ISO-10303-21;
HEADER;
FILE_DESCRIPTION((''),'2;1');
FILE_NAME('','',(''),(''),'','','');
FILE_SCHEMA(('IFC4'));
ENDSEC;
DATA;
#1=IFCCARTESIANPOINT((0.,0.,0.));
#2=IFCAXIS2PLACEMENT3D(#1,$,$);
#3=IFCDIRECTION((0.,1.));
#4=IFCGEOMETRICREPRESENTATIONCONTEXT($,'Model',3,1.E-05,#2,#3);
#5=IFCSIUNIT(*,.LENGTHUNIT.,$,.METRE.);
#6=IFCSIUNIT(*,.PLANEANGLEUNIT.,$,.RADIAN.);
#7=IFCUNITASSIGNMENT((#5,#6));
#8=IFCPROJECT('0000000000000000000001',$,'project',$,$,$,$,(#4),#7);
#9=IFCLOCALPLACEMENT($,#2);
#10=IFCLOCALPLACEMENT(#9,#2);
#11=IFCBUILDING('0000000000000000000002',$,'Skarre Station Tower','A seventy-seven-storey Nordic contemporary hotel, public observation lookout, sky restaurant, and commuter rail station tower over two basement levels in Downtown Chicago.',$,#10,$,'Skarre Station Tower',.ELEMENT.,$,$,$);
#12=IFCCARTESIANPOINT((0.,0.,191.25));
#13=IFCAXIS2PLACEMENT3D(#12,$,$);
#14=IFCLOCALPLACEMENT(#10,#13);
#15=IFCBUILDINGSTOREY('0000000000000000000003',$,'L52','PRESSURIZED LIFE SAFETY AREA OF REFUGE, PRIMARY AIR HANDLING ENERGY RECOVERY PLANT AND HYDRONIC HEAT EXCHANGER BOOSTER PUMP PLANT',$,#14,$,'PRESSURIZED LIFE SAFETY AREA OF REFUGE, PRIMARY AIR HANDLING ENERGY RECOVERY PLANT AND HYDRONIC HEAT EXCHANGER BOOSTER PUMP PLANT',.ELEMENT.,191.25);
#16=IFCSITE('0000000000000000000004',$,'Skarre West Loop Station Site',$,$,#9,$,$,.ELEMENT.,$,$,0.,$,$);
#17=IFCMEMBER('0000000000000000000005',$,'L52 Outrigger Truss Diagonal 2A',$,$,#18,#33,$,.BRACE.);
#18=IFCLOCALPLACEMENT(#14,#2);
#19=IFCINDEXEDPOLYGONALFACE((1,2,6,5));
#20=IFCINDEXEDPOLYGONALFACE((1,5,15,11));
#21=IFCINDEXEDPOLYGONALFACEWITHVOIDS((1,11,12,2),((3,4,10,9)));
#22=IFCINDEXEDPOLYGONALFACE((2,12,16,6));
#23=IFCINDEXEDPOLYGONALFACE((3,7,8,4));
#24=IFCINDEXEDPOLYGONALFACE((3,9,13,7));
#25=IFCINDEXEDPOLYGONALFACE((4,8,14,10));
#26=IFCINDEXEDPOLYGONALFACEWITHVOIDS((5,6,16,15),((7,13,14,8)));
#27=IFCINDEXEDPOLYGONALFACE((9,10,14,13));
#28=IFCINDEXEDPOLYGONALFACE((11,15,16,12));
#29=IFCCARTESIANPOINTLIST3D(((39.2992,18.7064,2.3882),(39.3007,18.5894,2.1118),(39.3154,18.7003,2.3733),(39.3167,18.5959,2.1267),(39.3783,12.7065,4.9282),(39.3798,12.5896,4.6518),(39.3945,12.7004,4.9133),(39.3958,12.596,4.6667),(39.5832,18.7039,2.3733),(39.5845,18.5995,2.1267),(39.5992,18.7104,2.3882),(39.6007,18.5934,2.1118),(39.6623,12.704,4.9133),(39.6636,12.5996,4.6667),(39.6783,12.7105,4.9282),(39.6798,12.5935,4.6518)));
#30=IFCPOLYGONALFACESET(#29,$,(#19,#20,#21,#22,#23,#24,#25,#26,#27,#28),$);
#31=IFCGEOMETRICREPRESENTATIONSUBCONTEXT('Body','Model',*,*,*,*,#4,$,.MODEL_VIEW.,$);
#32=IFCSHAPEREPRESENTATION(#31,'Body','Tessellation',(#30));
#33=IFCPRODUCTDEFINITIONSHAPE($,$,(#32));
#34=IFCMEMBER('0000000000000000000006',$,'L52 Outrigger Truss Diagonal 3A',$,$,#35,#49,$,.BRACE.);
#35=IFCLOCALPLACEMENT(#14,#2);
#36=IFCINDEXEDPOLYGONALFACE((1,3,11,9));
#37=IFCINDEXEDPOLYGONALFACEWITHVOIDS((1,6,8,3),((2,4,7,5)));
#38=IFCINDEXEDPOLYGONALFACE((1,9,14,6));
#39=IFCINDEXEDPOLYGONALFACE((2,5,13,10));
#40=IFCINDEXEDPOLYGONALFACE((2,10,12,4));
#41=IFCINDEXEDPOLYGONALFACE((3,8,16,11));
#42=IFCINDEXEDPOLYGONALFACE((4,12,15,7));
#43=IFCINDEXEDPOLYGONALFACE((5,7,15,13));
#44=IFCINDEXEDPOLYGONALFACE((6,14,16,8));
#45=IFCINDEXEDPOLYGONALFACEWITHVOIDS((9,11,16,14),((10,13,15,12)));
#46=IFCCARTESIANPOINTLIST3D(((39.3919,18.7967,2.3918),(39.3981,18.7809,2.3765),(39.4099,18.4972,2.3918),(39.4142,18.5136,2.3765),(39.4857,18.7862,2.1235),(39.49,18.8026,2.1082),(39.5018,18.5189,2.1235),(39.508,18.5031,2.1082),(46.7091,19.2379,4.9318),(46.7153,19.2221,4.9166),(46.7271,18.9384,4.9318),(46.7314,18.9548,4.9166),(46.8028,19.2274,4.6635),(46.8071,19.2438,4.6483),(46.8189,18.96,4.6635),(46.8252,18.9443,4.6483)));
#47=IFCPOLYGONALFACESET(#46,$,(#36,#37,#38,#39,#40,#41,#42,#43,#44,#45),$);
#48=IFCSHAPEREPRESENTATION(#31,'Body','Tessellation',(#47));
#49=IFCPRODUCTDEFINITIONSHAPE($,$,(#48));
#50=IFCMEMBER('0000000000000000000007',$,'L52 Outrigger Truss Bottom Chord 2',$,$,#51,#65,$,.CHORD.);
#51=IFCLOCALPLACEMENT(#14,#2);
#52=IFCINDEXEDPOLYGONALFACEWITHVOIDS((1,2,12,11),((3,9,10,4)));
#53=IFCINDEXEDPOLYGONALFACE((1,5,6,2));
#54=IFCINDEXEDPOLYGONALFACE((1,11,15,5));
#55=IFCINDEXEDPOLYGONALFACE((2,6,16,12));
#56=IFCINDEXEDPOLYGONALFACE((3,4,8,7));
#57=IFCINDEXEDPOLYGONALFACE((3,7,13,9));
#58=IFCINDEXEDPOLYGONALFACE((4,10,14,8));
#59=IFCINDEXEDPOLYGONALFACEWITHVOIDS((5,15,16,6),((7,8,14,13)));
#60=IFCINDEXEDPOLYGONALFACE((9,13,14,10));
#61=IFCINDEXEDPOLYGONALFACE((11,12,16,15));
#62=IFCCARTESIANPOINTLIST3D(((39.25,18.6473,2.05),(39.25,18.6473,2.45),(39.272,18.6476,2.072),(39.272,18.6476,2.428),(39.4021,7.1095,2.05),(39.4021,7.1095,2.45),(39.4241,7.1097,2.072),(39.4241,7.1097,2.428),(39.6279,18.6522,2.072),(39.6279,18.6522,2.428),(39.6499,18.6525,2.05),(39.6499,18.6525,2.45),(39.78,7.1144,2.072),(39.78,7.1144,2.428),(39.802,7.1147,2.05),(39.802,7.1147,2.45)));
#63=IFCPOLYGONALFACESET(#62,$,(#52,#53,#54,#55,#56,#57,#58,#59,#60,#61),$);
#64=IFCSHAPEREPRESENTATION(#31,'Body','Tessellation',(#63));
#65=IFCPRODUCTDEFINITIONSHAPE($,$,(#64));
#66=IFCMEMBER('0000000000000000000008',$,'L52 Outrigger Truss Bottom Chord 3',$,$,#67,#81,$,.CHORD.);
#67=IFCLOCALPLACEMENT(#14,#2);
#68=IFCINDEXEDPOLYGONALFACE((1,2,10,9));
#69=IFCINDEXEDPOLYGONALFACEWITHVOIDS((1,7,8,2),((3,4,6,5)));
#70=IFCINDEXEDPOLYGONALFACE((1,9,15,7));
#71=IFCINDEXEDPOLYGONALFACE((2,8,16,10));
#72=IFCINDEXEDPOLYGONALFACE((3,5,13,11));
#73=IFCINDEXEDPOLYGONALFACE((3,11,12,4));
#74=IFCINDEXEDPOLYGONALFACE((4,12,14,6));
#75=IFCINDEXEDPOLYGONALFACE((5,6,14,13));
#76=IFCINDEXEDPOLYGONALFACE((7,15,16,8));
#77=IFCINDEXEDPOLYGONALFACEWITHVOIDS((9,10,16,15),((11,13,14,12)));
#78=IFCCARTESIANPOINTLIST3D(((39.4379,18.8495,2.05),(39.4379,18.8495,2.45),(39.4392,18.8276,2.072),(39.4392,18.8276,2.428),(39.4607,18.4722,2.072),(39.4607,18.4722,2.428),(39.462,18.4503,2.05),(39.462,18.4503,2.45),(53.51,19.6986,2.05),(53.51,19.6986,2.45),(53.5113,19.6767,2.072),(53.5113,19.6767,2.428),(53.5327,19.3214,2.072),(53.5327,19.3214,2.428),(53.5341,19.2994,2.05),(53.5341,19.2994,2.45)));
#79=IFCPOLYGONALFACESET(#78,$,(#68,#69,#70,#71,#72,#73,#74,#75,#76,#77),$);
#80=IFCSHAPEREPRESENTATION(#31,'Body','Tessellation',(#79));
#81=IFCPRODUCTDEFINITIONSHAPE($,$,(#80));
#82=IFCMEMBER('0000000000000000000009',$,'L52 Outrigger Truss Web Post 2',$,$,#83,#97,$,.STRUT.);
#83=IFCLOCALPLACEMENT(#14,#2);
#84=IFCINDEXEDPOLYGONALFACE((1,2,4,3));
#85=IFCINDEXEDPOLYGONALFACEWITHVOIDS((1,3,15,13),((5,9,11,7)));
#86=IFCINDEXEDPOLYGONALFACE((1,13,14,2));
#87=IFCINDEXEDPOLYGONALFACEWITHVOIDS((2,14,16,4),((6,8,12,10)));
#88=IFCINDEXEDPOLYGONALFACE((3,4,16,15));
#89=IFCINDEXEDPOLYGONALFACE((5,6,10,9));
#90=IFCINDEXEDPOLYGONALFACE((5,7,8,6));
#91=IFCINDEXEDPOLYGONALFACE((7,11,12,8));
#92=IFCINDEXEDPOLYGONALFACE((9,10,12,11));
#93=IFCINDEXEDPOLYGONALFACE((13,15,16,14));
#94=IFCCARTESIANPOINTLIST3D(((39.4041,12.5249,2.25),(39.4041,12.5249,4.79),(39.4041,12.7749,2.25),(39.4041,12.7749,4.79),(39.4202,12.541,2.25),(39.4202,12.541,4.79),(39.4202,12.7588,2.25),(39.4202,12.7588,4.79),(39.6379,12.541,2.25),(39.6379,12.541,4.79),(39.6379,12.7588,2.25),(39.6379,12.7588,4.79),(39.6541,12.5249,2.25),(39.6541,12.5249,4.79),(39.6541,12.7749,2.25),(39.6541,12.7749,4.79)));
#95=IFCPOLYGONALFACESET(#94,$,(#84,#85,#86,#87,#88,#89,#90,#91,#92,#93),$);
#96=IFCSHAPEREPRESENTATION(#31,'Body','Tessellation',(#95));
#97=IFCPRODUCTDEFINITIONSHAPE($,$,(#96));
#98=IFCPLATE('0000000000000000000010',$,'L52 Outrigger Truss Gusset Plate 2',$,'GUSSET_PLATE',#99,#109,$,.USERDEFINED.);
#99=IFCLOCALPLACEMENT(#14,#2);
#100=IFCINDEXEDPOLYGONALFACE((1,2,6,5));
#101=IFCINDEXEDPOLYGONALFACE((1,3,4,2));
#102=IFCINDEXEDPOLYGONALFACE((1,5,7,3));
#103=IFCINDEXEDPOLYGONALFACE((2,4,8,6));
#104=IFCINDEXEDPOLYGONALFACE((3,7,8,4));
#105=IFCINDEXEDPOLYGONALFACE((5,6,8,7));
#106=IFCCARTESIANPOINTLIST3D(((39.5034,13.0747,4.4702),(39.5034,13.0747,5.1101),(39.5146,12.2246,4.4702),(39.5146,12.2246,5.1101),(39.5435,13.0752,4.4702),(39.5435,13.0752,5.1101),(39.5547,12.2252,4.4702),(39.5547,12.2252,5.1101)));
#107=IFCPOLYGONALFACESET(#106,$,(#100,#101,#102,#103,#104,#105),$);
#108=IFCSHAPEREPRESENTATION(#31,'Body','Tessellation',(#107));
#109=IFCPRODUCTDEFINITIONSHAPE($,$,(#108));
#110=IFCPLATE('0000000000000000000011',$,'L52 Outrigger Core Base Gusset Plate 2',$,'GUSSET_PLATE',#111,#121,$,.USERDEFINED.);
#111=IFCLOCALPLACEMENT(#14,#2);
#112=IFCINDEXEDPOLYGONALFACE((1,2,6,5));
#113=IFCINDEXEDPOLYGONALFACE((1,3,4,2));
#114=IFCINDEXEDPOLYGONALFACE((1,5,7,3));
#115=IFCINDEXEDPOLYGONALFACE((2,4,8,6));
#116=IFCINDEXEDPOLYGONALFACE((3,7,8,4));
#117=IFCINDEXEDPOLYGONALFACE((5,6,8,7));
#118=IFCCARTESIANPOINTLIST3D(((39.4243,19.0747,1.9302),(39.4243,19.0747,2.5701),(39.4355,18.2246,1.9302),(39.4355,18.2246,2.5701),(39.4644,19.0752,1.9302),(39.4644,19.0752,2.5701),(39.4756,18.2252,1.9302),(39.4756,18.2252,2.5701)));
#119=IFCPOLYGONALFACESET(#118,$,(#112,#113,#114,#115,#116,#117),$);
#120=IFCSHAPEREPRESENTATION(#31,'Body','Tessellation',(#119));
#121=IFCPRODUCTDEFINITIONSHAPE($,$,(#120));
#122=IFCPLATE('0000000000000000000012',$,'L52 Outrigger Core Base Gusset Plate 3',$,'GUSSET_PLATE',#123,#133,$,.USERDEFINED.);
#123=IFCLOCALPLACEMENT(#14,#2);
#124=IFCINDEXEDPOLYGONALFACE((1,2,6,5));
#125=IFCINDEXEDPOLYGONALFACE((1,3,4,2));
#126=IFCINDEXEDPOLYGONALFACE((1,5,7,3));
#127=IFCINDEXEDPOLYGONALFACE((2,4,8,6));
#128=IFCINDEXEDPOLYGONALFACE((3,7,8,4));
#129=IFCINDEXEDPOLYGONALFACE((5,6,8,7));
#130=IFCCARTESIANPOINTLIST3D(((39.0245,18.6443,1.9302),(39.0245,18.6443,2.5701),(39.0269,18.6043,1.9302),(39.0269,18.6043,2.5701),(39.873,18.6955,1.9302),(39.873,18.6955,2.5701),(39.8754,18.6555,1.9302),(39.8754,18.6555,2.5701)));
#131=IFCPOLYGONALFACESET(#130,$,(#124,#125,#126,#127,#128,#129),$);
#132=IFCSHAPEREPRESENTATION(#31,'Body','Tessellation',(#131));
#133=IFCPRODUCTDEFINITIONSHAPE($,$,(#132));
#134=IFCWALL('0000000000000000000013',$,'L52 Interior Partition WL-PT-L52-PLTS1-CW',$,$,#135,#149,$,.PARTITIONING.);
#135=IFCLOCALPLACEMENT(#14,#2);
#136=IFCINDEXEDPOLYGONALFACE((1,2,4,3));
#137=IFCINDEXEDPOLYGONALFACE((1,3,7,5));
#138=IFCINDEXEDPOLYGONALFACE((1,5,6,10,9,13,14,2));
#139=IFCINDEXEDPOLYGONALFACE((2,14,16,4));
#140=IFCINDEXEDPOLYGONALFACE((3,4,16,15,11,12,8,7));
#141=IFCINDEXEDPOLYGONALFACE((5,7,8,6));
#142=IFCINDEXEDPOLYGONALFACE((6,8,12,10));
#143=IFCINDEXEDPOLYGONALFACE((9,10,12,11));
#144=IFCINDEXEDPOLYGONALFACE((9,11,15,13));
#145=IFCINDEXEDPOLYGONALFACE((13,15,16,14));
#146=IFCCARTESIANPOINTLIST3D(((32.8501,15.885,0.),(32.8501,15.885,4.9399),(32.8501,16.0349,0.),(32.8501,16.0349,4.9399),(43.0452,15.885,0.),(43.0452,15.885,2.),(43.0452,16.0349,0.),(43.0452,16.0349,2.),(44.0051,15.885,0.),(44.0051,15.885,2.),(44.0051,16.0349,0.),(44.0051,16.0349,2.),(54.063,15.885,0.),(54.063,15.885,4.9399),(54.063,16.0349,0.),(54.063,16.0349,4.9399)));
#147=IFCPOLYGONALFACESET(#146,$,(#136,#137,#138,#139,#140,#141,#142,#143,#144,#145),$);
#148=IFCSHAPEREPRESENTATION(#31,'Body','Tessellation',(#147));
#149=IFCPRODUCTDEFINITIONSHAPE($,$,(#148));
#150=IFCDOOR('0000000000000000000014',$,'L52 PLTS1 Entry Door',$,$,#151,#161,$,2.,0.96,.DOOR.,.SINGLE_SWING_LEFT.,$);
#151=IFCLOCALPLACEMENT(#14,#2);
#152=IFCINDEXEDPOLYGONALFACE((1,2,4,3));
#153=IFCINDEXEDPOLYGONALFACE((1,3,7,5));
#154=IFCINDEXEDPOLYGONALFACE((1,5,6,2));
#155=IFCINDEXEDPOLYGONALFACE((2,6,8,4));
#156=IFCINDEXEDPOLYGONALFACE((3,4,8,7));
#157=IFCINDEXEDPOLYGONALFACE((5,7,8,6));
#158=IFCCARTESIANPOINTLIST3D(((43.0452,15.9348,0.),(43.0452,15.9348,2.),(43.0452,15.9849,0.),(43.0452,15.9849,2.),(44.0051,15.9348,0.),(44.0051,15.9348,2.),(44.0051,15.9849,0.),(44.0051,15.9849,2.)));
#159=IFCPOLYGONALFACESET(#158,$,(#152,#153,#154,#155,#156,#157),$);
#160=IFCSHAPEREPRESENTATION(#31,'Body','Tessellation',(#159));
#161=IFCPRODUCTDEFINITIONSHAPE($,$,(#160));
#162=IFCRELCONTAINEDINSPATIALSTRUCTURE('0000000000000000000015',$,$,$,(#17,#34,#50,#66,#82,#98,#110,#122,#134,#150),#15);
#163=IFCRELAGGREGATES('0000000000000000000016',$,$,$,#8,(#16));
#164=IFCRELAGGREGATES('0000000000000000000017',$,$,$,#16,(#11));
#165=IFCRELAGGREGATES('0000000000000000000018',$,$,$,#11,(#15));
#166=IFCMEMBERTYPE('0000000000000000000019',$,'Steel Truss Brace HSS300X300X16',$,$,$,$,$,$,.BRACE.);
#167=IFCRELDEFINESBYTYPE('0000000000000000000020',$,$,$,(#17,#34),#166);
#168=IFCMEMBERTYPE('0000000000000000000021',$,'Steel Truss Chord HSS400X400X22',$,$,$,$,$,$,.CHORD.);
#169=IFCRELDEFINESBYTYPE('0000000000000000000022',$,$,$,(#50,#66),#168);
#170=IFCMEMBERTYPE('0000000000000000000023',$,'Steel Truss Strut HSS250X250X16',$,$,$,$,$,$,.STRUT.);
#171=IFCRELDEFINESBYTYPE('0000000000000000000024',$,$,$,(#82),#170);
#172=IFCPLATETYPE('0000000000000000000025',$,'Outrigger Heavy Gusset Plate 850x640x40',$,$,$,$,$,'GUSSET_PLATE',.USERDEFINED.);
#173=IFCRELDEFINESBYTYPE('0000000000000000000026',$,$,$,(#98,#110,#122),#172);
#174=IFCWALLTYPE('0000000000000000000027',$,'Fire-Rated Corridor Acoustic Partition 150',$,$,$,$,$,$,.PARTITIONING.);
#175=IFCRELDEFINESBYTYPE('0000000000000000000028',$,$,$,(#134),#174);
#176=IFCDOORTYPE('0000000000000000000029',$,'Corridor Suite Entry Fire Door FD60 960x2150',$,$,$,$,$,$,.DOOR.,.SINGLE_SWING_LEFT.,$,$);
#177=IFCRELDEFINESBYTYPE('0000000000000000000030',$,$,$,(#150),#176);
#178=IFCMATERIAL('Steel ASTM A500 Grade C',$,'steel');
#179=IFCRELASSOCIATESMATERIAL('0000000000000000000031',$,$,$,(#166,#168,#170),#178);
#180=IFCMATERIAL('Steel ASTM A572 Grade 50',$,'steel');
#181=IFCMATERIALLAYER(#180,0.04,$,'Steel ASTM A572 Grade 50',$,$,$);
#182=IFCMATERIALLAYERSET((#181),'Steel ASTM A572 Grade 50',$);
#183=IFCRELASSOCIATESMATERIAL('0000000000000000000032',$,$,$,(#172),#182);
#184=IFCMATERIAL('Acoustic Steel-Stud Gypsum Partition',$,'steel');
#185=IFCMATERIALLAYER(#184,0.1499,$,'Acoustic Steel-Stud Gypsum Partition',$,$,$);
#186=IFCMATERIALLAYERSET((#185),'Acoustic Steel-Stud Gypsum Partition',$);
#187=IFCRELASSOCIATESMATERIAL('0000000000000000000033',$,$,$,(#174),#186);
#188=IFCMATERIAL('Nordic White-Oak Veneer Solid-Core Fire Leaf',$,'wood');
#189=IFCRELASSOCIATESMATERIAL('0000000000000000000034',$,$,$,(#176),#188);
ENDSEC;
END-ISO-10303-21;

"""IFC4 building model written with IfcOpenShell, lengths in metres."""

from ifc_helpers import new_model, si_unit, direction, frame, frame_2d, origin, origin_2d, place, context, subcontext, project, spatial, rectangle, hollow_rectangle, extrude, material, layer, layer_set, material_profile, profile_set, type_object, element, fill, save


model = new_model("IFC4")

# Units and contexts
model_context = context("Model", 3, precision=1e-05, world=origin(), true_north=direction((0.0, 1.0)))
body_context = subcontext(model_context, "Body", "Model", "MODEL_VIEW")
ifc_project = project(units=[si_unit("LENGTHUNIT", "METRE"), si_unit("PLANEANGLEUNIT", "RADIAN")], contexts=[model_context])

# Site, building, storey
site_placement = place(None, origin())
site = spatial("IfcSite", under=ifc_project, at=site_placement, Name="Skarre West Loop Station Site", CompositionType="ELEMENT", RefElevation=0.0)
building_placement = place(site_placement, origin())
building = spatial("IfcBuilding", under=site, at=building_placement, Name="Skarre Station Tower", Description="A seventy-seven-storey Nordic contemporary hotel, public observation lookout, sky restaurant, and commuter rail station tower over two basement levels in Downtown Chicago.", LongName="Skarre Station Tower", CompositionType="ELEMENT")
storey_placement = place(building_placement, frame((0.0, 0.0, 191.25)))
storey = spatial("IfcBuildingStorey", under=building, at=storey_placement, Name="L52", Description="PRESSURIZED LIFE SAFETY AREA OF REFUGE, PRIMARY AIR HANDLING ENERGY RECOVERY PLANT AND HYDRONIC HEAT EXCHANGER BOOSTER PUMP PLANT", LongName="PRESSURIZED LIFE SAFETY AREA OF REFUGE, PRIMARY AIR HANDLING ENERGY RECOVERY PLANT AND HYDRONIC HEAT EXCHANGER BOOSTER PUMP PLANT", CompositionType="ELEMENT", Elevation=191.25)

# Members
ifc_material_1 = material(Name="Steel ASTM A500 Grade C", Category="steel")
ifc_material_profile_1 = material_profile(ifc_material_1, hollow_rectangle(XDim=0.3, YDim=0.3, WallThickness=0.0161, at=origin_2d()), Name="Steel ASTM A500 Grade C")
ifc_profile_set_1 = profile_set([ifc_material_profile_1], Name="Steel ASTM A500 Grade C")
member_type_1 = type_object("IfcMemberType", Name="Steel Truss Brace HSS300X300X16", PredefinedType="BRACE", material=ifc_profile_set_1)
member_1_placement = place(storey_placement, frame((39.45, 18.6499, 2.25), z_axis=(0.01214, -0.920812, 0.389817), x_axis=(0.999913, 0.013182, 0.0)))
element("IfcMember", 1, at=member_1_placement, inside=storey, type_object=member_type_1, Name="L52 Outrigger Truss Diagonal 2A", PredefinedType="BRACE", context=body_context, shape_type="SweptSolid", body=[
    extrude(hollow_rectangle(XDim=0.3, YDim=0.3, WallThickness=0.0161, at=origin_2d()), origin(), (0.0, 0.0, 1.0), 6.5159),
])
member_2_placement = place(storey_placement, frame((39.45, 18.6499, 2.25), z_axis=(0.94317, 0.056865, 0.327408), x_axis=(-0.060182, 0.998187, 0.0)))
element("IfcMember", 2, at=member_2_placement, inside=storey, type_object=member_type_1, Name="L52 Outrigger Truss Diagonal 3A", PredefinedType="BRACE", context=body_context, shape_type="SweptSolid", body=[
    extrude(hollow_rectangle(XDim=0.3, YDim=0.3, WallThickness=0.0161, at=origin_2d()), origin(), (0.0, 0.0, 1.0), 7.7581),
])
ifc_material_profile_2 = material_profile(ifc_material_1, hollow_rectangle(XDim=0.3999, YDim=0.3999, WallThickness=0.022, at=origin_2d()), Name="Steel ASTM A500 Grade C")
ifc_profile_set_2 = profile_set([ifc_material_profile_2], Name="Steel ASTM A500 Grade C")
member_type_2 = type_object("IfcMemberType", Name="Steel Truss Chord HSS400X400X22", PredefinedType="CHORD", material=ifc_profile_set_2)
member_3_placement = place(storey_placement, frame((39.45, 18.6499, 2.25), z_axis=(0.013182, -0.999913, 0.0), x_axis=(0.999913, 0.013182, 0.0)))
element("IfcMember", 3, at=member_3_placement, inside=storey, type_object=member_type_2, Name="L52 Outrigger Truss Bottom Chord 2", PredefinedType="CHORD", context=body_context, shape_type="SweptSolid", body=[
    extrude(hollow_rectangle(XDim=0.3999, YDim=0.3999, WallThickness=0.022, at=origin_2d()), origin(), (0.0, 0.0, 1.0), 11.5388),
])
member_4_placement = place(storey_placement, frame((39.45, 18.6499, 2.25), z_axis=(0.998184, 0.060232, 0.0), x_axis=(-0.060232, 0.998184, 0.0)))
element("IfcMember", 4, at=member_4_placement, inside=storey, type_object=member_type_2, Name="L52 Outrigger Truss Bottom Chord 3", PredefinedType="CHORD", context=body_context, shape_type="SweptSolid", body=[
    extrude(hollow_rectangle(XDim=0.3999, YDim=0.3999, WallThickness=0.022, at=origin_2d()), origin(), (0.0, 0.0, 1.0), 14.0977),
])
ifc_material_profile_3 = material_profile(ifc_material_1, hollow_rectangle(XDim=0.25, YDim=0.25, WallThickness=0.0161, at=origin_2d()), Name="Steel ASTM A500 Grade C")
ifc_profile_set_3 = profile_set([ifc_material_profile_3], Name="Steel ASTM A500 Grade C")
member_type_3 = type_object("IfcMemberType", Name="Steel Truss Strut HSS250X250X16", PredefinedType="STRUT", material=ifc_profile_set_3)
member_5_placement = place(storey_placement, frame((39.5291, 12.6499, 2.25), z_axis=(0.0, 0.0, 1.0), x_axis=(1.0, 0.0, 0.0)))
element("IfcMember", 5, at=member_5_placement, inside=storey, type_object=member_type_3, Name="L52 Outrigger Truss Web Post 2", PredefinedType="STRUT", context=body_context, shape_type="SweptSolid", body=[
    extrude(hollow_rectangle(XDim=0.25, YDim=0.25, WallThickness=0.0161, at=origin_2d()), origin(), (0.0, 0.0, 1.0), 2.54),
])

# Plates
ifc_material_2 = material(Name="Steel ASTM A572 Grade 50", Category="steel")
ifc_layer_1 = layer(ifc_material_2, 0.04, Name="Steel ASTM A572 Grade 50")
ifc_layer_set_1 = layer_set([ifc_layer_1], Name="Steel ASTM A572 Grade 50")
plate_type = type_object("IfcPlateType", Name="Outrigger Heavy Gusset Plate 850x640x40", ElementType="GUSSET_PLATE", PredefinedType="USERDEFINED", material=ifc_layer_set_1)
for number, where, z_axis, x_axis, name in (
    (6, (39.5291, 12.6499, 4.4702), (0.0, 0.0, 1.0), (0.013177, -0.999913, 0.0), "L52 Outrigger Truss Gusset Plate 2"),
    (7, (39.45, 18.6499, 1.9302), (0.0, 0.0, 1.0), (0.013177, -0.999913, 0.0), "L52 Outrigger Core Base Gusset Plate 2"),
    (8, (39.45, 18.6499, 1.9302), (0.0, 0.0, 1.0), (0.998185, 0.06023, 0.0), "L52 Outrigger Core Base Gusset Plate 3"),
):
    element("IfcPlate", number, at=place(storey_placement, frame(where, z_axis=z_axis, x_axis=x_axis)), inside=storey, type_object=plate_type, Name=name, ObjectType="GUSSET_PLATE", PredefinedType="USERDEFINED", context=body_context, shape_type="SweptSolid", body=[
        extrude(rectangle(XDim=0.8501, YDim=0.04, at=origin_2d()), origin(), (0.0, 0.0, 1.0), 0.6399),
    ])

# Wall, opening, door
ifc_material_3 = material(Name="Acoustic Steel-Stud Gypsum Partition", Category="steel")
ifc_layer_2 = layer(ifc_material_3, 0.1499, Name="Acoustic Steel-Stud Gypsum Partition")
ifc_layer_set_2 = layer_set([ifc_layer_2], Name="Acoustic Steel-Stud Gypsum Partition")
wall_type_1 = type_object("IfcWallType", Name="Fire-Rated Corridor Acoustic Partition 150", PredefinedType="PARTITIONING", material=ifc_layer_set_2)
wall_1_placement = place(storey_placement, frame((32.8501, 15.96, 0.0), z_axis=(0.0, 0.0, 1.0), x_axis=(1.0, 0.0, 0.0)))
wall_1 = element("IfcWall", 9, at=wall_1_placement, inside=storey, type_object=wall_type_1, Name="L52 Interior Partition WL-PT-L52-PLTS1-CW", PredefinedType="PARTITIONING", context=body_context, shape_type="SweptSolid", body=[
    extrude(rectangle(XDim=21.2129, YDim=0.1499, at=frame_2d((10.6064, 0.0))), origin(), (0.0, 0.0, 1.0), 4.9399),
])
opening_1_placement = place(wall_1_placement, frame((10.1951, 0.0, 0.0)))
opening_1 = element("IfcOpeningElement", 10, at=opening_1_placement, cuts=wall_1, PredefinedType="OPENING", context=body_context, shape_type="SweptSolid", body=[
    extrude(rectangle(XDim=0.96, YDim=2.0, at=frame_2d((0.48, 1.0))), frame((0.0, 0.085, 0.0), z_axis=(0.0, -1.0, 0.0), x_axis=(1.0, 0.0, 0.0)), (0.0, 0.0, 1.0), 0.1699),
])
ifc_material_4 = material(Name="Nordic White-Oak Veneer Solid-Core Fire Leaf", Category="wood")
door_type_1 = type_object("IfcDoorType", Name="Corridor Suite Entry Fire Door FD60 960x2150", OperationType="SINGLE_SWING_LEFT", PredefinedType="DOOR", material=ifc_material_4)
door_1_placement = place(opening_1_placement, origin())
door_1 = element("IfcDoor", 11, at=door_1_placement, inside=storey, type_object=door_type_1, Name="L52 PLTS1 Entry Door", OperationType="SINGLE_SWING_LEFT", OverallHeight=2.0, OverallWidth=0.96, PredefinedType="DOOR", context=body_context, shape_type="SweptSolid", body=[
    extrude(rectangle(XDim=0.96, YDim=2.0, at=frame_2d((0.48, 1.0))), frame((0.0, 0.0249, 0.0), z_axis=(0.0, -1.0, 0.0), x_axis=(1.0, 0.0, 0.0)), (0.0, 0.0, 1.0), 0.05),
])
fill(opening_1, door_1)

save(model, "model.ifc")
